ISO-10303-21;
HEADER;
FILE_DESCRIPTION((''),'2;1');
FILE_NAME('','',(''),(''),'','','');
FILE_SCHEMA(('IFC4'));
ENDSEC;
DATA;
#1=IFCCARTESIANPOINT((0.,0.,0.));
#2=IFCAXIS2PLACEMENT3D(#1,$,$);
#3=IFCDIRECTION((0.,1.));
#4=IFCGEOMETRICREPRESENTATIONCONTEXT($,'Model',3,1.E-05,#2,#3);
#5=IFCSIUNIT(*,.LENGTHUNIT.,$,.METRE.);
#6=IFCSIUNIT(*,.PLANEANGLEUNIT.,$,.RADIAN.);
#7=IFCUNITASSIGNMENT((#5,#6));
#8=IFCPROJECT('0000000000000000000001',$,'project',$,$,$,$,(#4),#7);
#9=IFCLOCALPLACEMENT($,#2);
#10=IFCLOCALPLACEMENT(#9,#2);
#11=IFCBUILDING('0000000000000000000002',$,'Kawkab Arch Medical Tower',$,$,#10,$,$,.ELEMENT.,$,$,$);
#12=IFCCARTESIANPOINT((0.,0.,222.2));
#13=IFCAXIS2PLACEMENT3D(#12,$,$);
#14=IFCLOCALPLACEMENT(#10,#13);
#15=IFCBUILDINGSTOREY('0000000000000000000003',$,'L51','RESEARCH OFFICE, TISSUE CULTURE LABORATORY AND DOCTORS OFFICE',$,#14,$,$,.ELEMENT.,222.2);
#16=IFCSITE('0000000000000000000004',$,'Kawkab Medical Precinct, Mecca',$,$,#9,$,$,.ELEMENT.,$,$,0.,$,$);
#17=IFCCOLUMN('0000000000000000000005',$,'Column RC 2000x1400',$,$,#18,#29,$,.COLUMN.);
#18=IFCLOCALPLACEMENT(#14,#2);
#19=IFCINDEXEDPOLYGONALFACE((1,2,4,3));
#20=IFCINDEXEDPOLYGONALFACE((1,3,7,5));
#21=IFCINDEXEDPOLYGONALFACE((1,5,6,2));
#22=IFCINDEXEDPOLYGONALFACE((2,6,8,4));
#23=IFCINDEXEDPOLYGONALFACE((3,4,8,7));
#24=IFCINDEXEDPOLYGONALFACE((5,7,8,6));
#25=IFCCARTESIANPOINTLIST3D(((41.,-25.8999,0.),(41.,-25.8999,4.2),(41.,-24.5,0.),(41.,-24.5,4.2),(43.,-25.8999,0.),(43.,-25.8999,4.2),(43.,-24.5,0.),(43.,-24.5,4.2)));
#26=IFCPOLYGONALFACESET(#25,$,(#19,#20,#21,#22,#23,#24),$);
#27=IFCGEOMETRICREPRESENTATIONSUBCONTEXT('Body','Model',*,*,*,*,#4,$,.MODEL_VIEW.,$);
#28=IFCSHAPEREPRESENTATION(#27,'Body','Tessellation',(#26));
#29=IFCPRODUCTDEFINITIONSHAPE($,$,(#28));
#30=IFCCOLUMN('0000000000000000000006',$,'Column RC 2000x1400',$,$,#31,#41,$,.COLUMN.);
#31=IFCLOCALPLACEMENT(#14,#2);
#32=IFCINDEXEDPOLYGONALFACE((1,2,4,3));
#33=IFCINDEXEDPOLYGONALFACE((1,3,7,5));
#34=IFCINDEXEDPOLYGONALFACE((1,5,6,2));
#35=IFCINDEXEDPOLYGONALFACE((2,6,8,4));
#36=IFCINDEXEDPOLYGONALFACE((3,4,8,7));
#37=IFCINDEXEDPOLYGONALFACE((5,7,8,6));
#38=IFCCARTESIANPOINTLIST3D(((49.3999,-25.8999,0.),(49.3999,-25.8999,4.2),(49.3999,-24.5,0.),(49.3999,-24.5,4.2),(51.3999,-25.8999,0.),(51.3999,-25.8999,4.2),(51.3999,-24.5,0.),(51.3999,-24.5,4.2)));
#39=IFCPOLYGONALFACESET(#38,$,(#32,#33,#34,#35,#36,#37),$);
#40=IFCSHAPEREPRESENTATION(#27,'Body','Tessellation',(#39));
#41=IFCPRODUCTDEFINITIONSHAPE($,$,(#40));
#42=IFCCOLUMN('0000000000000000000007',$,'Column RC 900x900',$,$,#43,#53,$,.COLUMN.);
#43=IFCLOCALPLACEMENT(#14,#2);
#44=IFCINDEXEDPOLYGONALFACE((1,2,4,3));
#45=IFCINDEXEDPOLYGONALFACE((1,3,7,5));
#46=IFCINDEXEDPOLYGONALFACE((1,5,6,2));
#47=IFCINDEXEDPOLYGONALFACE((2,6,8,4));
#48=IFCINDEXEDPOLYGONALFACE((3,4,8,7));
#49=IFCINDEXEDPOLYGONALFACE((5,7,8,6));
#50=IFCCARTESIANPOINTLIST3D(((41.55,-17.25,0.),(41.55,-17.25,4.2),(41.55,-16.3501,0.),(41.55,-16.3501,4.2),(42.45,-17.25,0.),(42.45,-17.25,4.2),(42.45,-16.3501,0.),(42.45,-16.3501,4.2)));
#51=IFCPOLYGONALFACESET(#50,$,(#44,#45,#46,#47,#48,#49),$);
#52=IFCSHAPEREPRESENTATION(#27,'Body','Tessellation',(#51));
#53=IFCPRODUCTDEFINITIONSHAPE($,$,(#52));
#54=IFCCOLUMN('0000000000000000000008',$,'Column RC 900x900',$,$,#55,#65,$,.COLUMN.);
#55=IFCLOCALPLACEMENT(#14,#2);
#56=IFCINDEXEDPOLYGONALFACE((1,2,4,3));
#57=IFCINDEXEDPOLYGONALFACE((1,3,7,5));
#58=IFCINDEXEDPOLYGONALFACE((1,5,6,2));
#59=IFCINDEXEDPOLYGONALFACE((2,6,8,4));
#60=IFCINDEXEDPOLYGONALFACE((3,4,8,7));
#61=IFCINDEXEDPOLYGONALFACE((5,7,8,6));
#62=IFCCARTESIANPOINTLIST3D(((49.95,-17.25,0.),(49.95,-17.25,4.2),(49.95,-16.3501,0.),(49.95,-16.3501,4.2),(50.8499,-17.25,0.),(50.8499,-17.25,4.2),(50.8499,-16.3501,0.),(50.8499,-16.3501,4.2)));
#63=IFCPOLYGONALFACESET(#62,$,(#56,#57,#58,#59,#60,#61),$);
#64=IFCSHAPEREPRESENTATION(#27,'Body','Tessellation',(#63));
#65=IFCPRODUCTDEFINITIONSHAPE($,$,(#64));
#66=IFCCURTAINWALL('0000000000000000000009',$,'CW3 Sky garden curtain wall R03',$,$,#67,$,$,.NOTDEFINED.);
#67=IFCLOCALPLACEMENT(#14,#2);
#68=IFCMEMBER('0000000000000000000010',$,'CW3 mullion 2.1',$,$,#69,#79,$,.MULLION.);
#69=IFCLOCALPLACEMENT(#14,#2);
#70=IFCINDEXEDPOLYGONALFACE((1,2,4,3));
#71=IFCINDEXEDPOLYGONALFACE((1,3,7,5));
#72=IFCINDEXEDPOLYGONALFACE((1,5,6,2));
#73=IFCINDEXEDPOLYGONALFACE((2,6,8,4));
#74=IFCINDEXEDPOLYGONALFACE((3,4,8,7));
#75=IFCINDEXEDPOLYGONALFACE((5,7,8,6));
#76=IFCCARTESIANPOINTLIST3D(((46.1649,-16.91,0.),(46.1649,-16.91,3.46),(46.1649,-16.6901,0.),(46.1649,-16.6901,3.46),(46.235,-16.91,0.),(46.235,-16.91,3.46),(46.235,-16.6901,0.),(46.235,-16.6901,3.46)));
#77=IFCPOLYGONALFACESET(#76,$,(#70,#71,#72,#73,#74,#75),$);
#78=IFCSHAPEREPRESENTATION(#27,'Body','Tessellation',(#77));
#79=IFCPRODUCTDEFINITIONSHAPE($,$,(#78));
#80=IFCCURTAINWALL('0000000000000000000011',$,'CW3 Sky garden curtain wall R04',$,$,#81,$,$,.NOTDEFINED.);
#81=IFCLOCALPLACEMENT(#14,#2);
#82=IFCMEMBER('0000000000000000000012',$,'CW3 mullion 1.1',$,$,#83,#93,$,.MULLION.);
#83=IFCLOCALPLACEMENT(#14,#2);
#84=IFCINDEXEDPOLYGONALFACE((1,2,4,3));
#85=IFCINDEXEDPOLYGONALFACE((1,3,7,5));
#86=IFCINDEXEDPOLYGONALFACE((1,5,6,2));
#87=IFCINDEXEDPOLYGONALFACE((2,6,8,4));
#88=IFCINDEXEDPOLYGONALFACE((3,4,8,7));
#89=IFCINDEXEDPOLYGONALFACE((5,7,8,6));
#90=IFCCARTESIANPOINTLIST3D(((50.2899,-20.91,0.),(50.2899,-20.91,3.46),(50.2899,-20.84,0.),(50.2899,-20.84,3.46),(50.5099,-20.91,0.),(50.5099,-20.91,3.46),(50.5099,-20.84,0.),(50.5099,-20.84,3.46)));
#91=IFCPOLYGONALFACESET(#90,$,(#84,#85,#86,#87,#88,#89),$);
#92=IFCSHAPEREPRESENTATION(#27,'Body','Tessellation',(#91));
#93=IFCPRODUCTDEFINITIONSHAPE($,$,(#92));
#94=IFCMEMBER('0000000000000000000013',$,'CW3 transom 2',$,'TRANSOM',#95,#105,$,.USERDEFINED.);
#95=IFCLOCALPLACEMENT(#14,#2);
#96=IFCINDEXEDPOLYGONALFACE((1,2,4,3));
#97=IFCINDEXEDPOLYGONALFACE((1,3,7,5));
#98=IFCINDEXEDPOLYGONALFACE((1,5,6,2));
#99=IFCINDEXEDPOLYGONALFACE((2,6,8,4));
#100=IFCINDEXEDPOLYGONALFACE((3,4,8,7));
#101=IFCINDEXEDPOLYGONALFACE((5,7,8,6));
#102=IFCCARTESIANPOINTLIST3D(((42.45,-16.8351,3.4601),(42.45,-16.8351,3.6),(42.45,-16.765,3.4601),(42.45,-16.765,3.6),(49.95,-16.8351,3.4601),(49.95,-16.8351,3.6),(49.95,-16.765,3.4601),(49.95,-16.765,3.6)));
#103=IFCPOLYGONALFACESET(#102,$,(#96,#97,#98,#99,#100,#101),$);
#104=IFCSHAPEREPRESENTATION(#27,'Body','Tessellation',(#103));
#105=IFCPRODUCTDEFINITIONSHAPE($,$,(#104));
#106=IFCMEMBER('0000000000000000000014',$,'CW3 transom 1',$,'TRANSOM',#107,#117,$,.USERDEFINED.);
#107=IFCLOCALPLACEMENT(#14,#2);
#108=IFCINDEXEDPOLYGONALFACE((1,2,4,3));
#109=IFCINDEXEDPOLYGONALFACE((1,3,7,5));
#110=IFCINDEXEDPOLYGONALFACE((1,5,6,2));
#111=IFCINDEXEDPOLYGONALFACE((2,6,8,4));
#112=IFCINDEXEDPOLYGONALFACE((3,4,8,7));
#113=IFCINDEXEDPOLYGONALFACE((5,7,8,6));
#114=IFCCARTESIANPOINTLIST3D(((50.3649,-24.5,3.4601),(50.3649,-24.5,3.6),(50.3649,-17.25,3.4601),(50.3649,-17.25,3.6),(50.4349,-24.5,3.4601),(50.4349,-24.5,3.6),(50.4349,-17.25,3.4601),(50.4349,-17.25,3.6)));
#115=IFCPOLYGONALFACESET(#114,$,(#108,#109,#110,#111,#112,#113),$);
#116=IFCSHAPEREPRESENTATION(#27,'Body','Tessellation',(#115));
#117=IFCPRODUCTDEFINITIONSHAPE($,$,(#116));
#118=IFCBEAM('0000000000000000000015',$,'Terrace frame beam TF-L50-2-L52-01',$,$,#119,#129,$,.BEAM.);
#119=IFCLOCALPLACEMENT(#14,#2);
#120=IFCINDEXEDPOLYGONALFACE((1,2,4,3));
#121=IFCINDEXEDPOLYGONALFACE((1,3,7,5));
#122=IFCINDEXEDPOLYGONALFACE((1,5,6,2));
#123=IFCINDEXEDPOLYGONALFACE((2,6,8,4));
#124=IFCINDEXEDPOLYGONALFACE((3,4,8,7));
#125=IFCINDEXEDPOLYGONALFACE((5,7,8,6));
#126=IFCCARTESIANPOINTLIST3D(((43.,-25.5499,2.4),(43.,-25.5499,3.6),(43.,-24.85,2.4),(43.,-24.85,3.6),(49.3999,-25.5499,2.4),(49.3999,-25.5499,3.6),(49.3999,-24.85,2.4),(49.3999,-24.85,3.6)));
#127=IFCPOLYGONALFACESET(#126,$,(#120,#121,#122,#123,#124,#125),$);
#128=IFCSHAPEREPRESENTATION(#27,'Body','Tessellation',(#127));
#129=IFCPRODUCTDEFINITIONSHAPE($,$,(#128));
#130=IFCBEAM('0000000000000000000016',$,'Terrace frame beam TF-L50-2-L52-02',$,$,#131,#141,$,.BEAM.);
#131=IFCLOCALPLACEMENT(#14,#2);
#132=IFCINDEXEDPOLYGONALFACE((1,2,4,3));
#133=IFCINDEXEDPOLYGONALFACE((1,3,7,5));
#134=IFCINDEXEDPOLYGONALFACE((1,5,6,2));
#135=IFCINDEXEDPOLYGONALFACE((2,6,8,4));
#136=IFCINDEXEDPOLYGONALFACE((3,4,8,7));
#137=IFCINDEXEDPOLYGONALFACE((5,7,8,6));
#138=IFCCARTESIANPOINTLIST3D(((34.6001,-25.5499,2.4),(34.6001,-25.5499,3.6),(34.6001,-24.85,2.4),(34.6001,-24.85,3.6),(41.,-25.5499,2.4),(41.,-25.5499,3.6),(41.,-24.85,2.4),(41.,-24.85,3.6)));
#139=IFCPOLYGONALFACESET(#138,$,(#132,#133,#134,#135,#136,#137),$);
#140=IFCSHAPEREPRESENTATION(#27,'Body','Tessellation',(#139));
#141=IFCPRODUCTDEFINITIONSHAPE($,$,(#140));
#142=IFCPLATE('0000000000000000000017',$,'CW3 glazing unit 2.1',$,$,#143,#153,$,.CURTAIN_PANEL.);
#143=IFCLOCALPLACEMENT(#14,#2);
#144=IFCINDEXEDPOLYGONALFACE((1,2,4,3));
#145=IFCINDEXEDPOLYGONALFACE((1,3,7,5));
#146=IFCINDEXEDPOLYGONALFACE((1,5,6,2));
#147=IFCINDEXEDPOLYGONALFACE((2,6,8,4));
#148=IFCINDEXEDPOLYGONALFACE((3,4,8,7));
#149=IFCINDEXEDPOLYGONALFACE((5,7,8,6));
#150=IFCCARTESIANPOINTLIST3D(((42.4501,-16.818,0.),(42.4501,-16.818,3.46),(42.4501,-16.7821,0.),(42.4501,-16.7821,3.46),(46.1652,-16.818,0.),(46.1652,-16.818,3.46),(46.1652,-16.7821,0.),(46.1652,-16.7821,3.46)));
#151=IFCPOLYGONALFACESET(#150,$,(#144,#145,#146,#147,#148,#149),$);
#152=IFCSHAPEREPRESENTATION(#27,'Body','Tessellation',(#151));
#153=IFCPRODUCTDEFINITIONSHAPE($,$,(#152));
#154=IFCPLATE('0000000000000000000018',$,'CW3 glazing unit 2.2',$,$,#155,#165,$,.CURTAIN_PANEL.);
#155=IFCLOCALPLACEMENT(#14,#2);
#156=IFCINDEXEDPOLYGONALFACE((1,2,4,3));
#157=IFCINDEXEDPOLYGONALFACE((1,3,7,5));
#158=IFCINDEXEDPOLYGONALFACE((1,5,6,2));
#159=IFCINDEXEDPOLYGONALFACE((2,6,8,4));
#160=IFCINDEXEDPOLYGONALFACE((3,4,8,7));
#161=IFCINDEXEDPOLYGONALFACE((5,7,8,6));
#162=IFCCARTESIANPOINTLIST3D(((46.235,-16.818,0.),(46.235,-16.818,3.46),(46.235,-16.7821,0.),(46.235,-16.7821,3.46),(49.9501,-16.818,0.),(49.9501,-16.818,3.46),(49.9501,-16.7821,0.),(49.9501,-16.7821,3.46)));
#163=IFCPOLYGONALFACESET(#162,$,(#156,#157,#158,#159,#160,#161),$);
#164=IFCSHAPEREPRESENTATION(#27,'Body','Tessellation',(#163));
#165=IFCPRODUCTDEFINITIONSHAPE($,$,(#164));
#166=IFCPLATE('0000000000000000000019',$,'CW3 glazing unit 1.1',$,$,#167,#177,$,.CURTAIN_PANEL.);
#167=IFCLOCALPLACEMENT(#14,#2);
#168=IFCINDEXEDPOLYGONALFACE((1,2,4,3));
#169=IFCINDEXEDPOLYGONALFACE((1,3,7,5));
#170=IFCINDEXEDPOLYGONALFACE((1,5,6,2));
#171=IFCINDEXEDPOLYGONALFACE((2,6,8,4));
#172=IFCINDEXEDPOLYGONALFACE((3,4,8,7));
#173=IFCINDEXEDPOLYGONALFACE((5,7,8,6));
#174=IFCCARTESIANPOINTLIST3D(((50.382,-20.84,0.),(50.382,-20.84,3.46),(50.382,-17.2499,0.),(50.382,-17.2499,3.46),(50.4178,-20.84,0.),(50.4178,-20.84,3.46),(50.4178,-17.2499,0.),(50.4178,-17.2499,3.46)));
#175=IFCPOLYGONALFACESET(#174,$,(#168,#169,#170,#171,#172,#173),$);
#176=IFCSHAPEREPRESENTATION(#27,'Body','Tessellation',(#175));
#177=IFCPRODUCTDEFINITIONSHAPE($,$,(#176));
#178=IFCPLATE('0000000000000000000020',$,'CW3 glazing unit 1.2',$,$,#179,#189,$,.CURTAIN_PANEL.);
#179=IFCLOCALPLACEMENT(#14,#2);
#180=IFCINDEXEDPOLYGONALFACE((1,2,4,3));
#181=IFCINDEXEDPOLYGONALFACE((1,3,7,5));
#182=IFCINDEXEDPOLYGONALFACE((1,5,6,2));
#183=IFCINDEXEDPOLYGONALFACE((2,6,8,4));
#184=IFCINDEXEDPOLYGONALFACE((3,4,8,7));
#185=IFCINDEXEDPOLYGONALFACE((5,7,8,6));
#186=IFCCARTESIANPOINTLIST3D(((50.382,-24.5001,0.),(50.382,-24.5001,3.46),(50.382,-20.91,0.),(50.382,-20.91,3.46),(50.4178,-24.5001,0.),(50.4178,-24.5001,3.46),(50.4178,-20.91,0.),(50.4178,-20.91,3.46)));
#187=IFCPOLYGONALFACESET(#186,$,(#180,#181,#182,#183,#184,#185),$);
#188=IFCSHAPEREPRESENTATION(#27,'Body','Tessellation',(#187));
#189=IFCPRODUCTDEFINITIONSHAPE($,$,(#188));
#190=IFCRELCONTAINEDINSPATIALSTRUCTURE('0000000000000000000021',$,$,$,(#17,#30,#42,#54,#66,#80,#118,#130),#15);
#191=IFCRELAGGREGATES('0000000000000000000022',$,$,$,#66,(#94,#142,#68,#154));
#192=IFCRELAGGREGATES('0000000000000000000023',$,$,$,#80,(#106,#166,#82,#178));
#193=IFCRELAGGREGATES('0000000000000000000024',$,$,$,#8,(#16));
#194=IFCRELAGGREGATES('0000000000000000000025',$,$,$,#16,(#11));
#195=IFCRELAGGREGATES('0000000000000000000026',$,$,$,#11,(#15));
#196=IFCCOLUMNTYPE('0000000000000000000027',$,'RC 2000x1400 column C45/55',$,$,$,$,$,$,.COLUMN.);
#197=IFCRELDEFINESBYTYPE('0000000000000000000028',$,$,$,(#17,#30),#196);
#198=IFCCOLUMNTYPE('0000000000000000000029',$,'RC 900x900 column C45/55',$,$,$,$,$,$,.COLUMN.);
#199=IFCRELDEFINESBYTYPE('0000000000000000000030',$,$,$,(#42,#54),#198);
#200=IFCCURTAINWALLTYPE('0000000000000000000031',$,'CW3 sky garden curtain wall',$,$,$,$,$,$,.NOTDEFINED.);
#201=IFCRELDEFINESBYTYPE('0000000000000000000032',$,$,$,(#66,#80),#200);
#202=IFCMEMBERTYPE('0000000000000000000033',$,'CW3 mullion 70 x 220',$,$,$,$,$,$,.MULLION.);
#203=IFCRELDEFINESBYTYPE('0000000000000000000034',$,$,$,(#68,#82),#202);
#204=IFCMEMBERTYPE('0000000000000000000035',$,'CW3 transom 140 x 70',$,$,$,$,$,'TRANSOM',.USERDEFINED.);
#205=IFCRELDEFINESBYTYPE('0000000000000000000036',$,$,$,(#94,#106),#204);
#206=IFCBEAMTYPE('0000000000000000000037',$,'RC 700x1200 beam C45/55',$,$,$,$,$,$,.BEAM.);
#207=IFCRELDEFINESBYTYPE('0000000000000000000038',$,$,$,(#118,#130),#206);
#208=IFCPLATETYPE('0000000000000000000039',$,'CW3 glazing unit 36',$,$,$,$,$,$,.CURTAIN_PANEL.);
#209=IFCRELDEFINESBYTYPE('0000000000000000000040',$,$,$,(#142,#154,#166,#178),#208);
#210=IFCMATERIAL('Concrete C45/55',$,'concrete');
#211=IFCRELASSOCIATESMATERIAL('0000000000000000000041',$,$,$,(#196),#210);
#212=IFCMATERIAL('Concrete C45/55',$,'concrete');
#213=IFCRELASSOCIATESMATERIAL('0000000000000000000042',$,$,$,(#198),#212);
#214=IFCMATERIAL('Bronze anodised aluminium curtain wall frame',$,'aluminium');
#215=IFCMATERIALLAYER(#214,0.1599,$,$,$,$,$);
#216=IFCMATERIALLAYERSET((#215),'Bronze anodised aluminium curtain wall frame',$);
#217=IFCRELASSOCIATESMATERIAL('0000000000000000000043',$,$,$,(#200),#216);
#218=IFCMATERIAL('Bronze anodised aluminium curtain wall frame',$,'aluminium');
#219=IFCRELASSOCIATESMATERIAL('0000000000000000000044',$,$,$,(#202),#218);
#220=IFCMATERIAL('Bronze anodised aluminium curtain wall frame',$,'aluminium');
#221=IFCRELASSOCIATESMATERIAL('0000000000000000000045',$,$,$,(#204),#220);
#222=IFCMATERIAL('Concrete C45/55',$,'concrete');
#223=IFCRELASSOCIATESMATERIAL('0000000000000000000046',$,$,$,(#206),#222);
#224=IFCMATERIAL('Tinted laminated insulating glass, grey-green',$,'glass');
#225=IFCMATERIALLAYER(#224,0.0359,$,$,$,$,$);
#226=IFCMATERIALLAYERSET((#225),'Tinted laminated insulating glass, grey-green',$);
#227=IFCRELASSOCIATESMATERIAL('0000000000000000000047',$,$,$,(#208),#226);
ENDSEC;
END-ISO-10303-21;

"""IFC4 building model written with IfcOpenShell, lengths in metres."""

from ifc_helpers import new_model, si_unit, direction, frame, origin, origin_2d, place, context, subcontext, project, spatial, rectangle, extrude, material, layer, layer_set, material_profile, profile_set, type_object, element, aggregate, save


model = new_model("IFC4")

# Units and contexts
model_context = context("Model", 3, precision=1e-05, world=origin(), true_north=direction((0.0, 1.0)))
body_context = subcontext(model_context, "Body", "Model", "MODEL_VIEW")
ifc_project = project(units=[si_unit("LENGTHUNIT", "METRE"), si_unit("PLANEANGLEUNIT", "RADIAN")], contexts=[model_context])

# Site, building, storey
site_placement = place(None, origin())
site = spatial("IfcSite", under=ifc_project, at=site_placement, Name="Kawkab Medical Precinct, Mecca", CompositionType="ELEMENT", RefElevation=0.0)
building_placement = place(site_placement, origin())
building = spatial("IfcBuilding", under=site, at=building_placement, Name="Kawkab Arch Medical Tower", CompositionType="ELEMENT")
storey_placement = place(building_placement, frame((0.0, 0.0, 222.2)))
storey = spatial("IfcBuildingStorey", under=building, at=storey_placement, Name="L51", Description="RESEARCH OFFICE, TISSUE CULTURE LABORATORY AND DOCTORS OFFICE", CompositionType="ELEMENT", Elevation=222.2)

# Columns
ifc_material_1 = material(Name="Concrete C45/55", Category="concrete")
ifc_material_profile_1 = material_profile(ifc_material_1, rectangle(XDim=2.0, YDim=1.3999, at=origin_2d()), Name="RC 2000x1400")
ifc_profile_set_1 = profile_set([ifc_material_profile_1], Name="Concrete C45/55")
column_type_1 = type_object("IfcColumnType", Name="RC 2000x1400 column C45/55", PredefinedType="COLUMN", material=ifc_profile_set_1)
for number, where, z_axis, x_axis, name in (
    (1, (42.0, -25.2, 0.0), (0.0, 0.0, 1.0), (-1.0, 0.0, 0.0), "Column RC 2000x1400"),
    (2, (50.3999, -25.2, 0.0), (0.0, 0.0, 1.0), (-1.0, 0.0, 0.0), "Column RC 2000x1400"),
):
    element("IfcColumn", number, at=place(storey_placement, frame(where, z_axis=z_axis, x_axis=x_axis)), inside=storey, type_object=column_type_1, Name=name, PredefinedType="COLUMN", context=body_context, shape_type="SweptSolid", body=[
        extrude(rectangle(XDim=2.0, YDim=1.3999, at=origin_2d()), origin(), (0.0, 0.0, 1.0), 4.2),
    ])
ifc_material_2 = material(Name="Concrete C45/55", Category="concrete")
ifc_material_profile_2 = material_profile(ifc_material_2, rectangle(XDim=0.8999, YDim=0.8999, at=origin_2d()), Name="RC 900x900")
ifc_profile_set_2 = profile_set([ifc_material_profile_2], Name="Concrete C45/55")
column_type_2 = type_object("IfcColumnType", Name="RC 900x900 column C45/55", PredefinedType="COLUMN", material=ifc_profile_set_2)
for number, where, z_axis, x_axis, name in (
    (3, (42.0, -16.8, 0.0), (0.0, 0.0, 1.0), (1.0, 0.0, 0.0), "Column RC 900x900"),
    (4, (50.3999, -16.8, 0.0), (0.0, 0.0, 1.0), (1.0, 0.0, 0.0), "Column RC 900x900"),
):
    element("IfcColumn", number, at=place(storey_placement, frame(where, z_axis=z_axis, x_axis=x_axis)), inside=storey, type_object=column_type_2, Name=name, PredefinedType="COLUMN", context=body_context, shape_type="SweptSolid", body=[
        extrude(rectangle(XDim=0.8999, YDim=0.8999, at=origin_2d()), origin(), (0.0, 0.0, 1.0), 4.2),
    ])

# Curtain walls, members
ifc_material_3 = material(Name="Bronze anodised aluminium curtain wall frame", Category="aluminium")
ifc_layer_1 = layer(ifc_material_3, 0.1599)
ifc_layer_set_1 = layer_set([ifc_layer_1], Name="Bronze anodised aluminium curtain wall frame")
curtain_wall_type = type_object("IfcCurtainWallType", Name="CW3 sky garden curtain wall", PredefinedType="NOTDEFINED", material=ifc_layer_set_1)
placement = place(storey_placement, origin())
curtain_wall_1 = element("IfcCurtainWall", 5, at=placement, inside=storey, type_object=curtain_wall_type, Name="CW3 Sky garden curtain wall R03", PredefinedType="NOTDEFINED")
ifc_material_4 = material(Name="Bronze anodised aluminium curtain wall frame", Category="aluminium")
ifc_material_profile_3 = material_profile(ifc_material_4, rectangle(XDim=0.22, YDim=0.0701, at=origin_2d()), Name="AL 70x220")
ifc_profile_set_3 = profile_set([ifc_material_profile_3], Name="Bronze anodised aluminium curtain wall frame")
member_type_1 = type_object("IfcMemberType", Name="CW3 mullion 70 x 220", PredefinedType="MULLION", material=ifc_profile_set_3)
member_1_placement = place(storey_placement, frame((46.2, -16.8, 0.0), z_axis=(0.0, 0.0, 1.0), x_axis=(0.0, 1.0, 0.0)))
member_1 = element("IfcMember", 6, at=member_1_placement, type_object=member_type_1, Name="CW3 mullion 2.1", PredefinedType="MULLION", context=body_context, shape_type="SweptSolid", body=[
    extrude(rectangle(XDim=0.22, YDim=0.0701, at=origin_2d()), origin(), (0.0, 0.0, 1.0), 3.46),
])
curtain_wall_2 = element("IfcCurtainWall", 7, at=placement, inside=storey, type_object=curtain_wall_type, Name="CW3 Sky garden curtain wall R04", PredefinedType="NOTDEFINED")
member_2_placement = place(storey_placement, frame((50.3999, -20.875, 0.0), z_axis=(0.0, 0.0, 1.0), x_axis=(1.0, 0.0, 0.0)))
member_2 = element("IfcMember", 8, at=member_2_placement, type_object=member_type_1, Name="CW3 mullion 1.1", PredefinedType="MULLION", context=body_context, shape_type="SweptSolid", body=[
    extrude(rectangle(XDim=0.22, YDim=0.0701, at=origin_2d()), origin(), (0.0, 0.0, 1.0), 3.46),
])

# Members
ifc_material_5 = material(Name="Bronze anodised aluminium curtain wall frame", Category="aluminium")
ifc_material_profile_4 = material_profile(ifc_material_5, rectangle(XDim=0.0701, YDim=0.1399, at=origin_2d()), Name="AL 70x140")
ifc_profile_set_4 = profile_set([ifc_material_profile_4], Name="Bronze anodised aluminium curtain wall frame")
member_type_2 = type_object("IfcMemberType", Name="CW3 transom 140 x 70", ElementType="TRANSOM", PredefinedType="USERDEFINED", material=ifc_profile_set_4)
member_3_placement = place(storey_placement, frame((42.45, -16.8, 3.53), z_axis=(1.0, 0.0, 0.0), x_axis=(0.0, 1.0, 0.0)))
member_3 = element("IfcMember", 9, at=member_3_placement, type_object=member_type_2, Name="CW3 transom 2", ObjectType="TRANSOM", PredefinedType="USERDEFINED", context=body_context, shape_type="SweptSolid", body=[
    extrude(rectangle(XDim=0.0701, YDim=0.1399, at=origin_2d()), origin(), (0.0, 0.0, 1.0), 7.5),
])
member_4_placement = place(storey_placement, frame((50.3999, -17.25, 3.53), z_axis=(0.0, -1.0, 0.0), x_axis=(1.0, 0.0, 0.0)))
member_4 = element("IfcMember", 10, at=member_4_placement, type_object=member_type_2, Name="CW3 transom 1", ObjectType="TRANSOM", PredefinedType="USERDEFINED", context=body_context, shape_type="SweptSolid", body=[
    extrude(rectangle(XDim=0.0701, YDim=0.1399, at=origin_2d()), origin(), (0.0, 0.0, 1.0), 7.25),
])

# Beams
ifc_material_6 = material(Name="Concrete C45/55", Category="concrete")
ifc_material_profile_5 = material_profile(ifc_material_6, rectangle(XDim=0.7, YDim=1.2, at=origin_2d()), Name="RC 700x1200")
ifc_profile_set_5 = profile_set([ifc_material_profile_5], Name="Concrete C45/55")
beam_type = type_object("IfcBeamType", Name="RC 700x1200 beam C45/55", PredefinedType="BEAM", material=ifc_profile_set_5)
for number, where, z_axis, x_axis, name in (
    (11, (49.3999, -25.2, 3.0), (-1.0, 0.0, 0.0), (0.0, -1.0, 0.0), "Terrace frame beam TF-L50-2-L52-01"),
    (12, (41.0, -25.2, 3.0), (-1.0, 0.0, 0.0), (0.0, -1.0, 0.0), "Terrace frame beam TF-L50-2-L52-02"),
):
    element("IfcBeam", number, at=place(storey_placement, frame(where, z_axis=z_axis, x_axis=x_axis)), inside=storey, type_object=beam_type, Name=name, PredefinedType="BEAM", context=body_context, shape_type="SweptSolid", body=[
        extrude(rectangle(XDim=0.7, YDim=1.2, at=origin_2d()), origin(), (0.0, 0.0, 1.0), 6.3999),
    ])

# Plates
ifc_material_7 = material(Name="Tinted laminated insulating glass, grey-green", Category="glass")
ifc_layer_2 = layer(ifc_material_7, 0.0359)
ifc_layer_set_2 = layer_set([ifc_layer_2], Name="Tinted laminated insulating glass, grey-green")
plate_type = type_object("IfcPlateType", Name="CW3 glazing unit 36", PredefinedType="CURTAIN_PANEL", material=ifc_layer_set_2)
plate_1_placement = place(storey_placement, frame((44.3076, -16.8, 0.0), z_axis=(0.0, 0.0, 1.0), x_axis=(1.0, 0.0, 0.0)))
plate_1 = element("IfcPlate", 13, at=plate_1_placement, type_object=plate_type, Name="CW3 glazing unit 2.1", PredefinedType="CURTAIN_PANEL", context=body_context, shape_type="SweptSolid", body=[
    extrude(rectangle(XDim=3.7151, YDim=0.0359, at=origin_2d()), origin(), (0.0, 0.0, 1.0), 3.46),
])
plate_2_placement = place(storey_placement, frame((48.0925, -16.8, 0.0), z_axis=(0.0, 0.0, 1.0), x_axis=(1.0, 0.0, 0.0)))
plate_2 = element("IfcPlate", 14, at=plate_2_placement, type_object=plate_type, Name="CW3 glazing unit 2.2", PredefinedType="CURTAIN_PANEL", context=body_context, shape_type="SweptSolid", body=[
    extrude(rectangle(XDim=3.7151, YDim=0.0359, at=origin_2d()), origin(), (0.0, 0.0, 1.0), 3.46),
])
aggregate(curtain_wall_1, [member_3, plate_1, member_1, plate_2])
plate_3_placement = place(storey_placement, frame((50.3999, -19.0449, 0.0), z_axis=(0.0, 0.0, 1.0), x_axis=(0.0, -1.0, 0.0)))
plate_3 = element("IfcPlate", 15, at=plate_3_placement, type_object=plate_type, Name="CW3 glazing unit 1.1", PredefinedType="CURTAIN_PANEL", context=body_context, shape_type="SweptSolid", body=[
    extrude(rectangle(XDim=3.5901, YDim=0.0359, at=origin_2d()), origin(), (0.0, 0.0, 1.0), 3.46),
])
plate_4_placement = place(storey_placement, frame((50.3999, -22.7051, 0.0), z_axis=(0.0, 0.0, 1.0), x_axis=(0.0, -1.0, 0.0)))
plate_4 = element("IfcPlate", 16, at=plate_4_placement, type_object=plate_type, Name="CW3 glazing unit 1.2", PredefinedType="CURTAIN_PANEL", context=body_context, shape_type="SweptSolid", body=[
    extrude(rectangle(XDim=3.5901, YDim=0.0359, at=origin_2d()), origin(), (0.0, 0.0, 1.0), 3.46),
])
aggregate(curtain_wall_2, [member_4, plate_3, member_2, plate_4])

save(model, "model.ifc")
